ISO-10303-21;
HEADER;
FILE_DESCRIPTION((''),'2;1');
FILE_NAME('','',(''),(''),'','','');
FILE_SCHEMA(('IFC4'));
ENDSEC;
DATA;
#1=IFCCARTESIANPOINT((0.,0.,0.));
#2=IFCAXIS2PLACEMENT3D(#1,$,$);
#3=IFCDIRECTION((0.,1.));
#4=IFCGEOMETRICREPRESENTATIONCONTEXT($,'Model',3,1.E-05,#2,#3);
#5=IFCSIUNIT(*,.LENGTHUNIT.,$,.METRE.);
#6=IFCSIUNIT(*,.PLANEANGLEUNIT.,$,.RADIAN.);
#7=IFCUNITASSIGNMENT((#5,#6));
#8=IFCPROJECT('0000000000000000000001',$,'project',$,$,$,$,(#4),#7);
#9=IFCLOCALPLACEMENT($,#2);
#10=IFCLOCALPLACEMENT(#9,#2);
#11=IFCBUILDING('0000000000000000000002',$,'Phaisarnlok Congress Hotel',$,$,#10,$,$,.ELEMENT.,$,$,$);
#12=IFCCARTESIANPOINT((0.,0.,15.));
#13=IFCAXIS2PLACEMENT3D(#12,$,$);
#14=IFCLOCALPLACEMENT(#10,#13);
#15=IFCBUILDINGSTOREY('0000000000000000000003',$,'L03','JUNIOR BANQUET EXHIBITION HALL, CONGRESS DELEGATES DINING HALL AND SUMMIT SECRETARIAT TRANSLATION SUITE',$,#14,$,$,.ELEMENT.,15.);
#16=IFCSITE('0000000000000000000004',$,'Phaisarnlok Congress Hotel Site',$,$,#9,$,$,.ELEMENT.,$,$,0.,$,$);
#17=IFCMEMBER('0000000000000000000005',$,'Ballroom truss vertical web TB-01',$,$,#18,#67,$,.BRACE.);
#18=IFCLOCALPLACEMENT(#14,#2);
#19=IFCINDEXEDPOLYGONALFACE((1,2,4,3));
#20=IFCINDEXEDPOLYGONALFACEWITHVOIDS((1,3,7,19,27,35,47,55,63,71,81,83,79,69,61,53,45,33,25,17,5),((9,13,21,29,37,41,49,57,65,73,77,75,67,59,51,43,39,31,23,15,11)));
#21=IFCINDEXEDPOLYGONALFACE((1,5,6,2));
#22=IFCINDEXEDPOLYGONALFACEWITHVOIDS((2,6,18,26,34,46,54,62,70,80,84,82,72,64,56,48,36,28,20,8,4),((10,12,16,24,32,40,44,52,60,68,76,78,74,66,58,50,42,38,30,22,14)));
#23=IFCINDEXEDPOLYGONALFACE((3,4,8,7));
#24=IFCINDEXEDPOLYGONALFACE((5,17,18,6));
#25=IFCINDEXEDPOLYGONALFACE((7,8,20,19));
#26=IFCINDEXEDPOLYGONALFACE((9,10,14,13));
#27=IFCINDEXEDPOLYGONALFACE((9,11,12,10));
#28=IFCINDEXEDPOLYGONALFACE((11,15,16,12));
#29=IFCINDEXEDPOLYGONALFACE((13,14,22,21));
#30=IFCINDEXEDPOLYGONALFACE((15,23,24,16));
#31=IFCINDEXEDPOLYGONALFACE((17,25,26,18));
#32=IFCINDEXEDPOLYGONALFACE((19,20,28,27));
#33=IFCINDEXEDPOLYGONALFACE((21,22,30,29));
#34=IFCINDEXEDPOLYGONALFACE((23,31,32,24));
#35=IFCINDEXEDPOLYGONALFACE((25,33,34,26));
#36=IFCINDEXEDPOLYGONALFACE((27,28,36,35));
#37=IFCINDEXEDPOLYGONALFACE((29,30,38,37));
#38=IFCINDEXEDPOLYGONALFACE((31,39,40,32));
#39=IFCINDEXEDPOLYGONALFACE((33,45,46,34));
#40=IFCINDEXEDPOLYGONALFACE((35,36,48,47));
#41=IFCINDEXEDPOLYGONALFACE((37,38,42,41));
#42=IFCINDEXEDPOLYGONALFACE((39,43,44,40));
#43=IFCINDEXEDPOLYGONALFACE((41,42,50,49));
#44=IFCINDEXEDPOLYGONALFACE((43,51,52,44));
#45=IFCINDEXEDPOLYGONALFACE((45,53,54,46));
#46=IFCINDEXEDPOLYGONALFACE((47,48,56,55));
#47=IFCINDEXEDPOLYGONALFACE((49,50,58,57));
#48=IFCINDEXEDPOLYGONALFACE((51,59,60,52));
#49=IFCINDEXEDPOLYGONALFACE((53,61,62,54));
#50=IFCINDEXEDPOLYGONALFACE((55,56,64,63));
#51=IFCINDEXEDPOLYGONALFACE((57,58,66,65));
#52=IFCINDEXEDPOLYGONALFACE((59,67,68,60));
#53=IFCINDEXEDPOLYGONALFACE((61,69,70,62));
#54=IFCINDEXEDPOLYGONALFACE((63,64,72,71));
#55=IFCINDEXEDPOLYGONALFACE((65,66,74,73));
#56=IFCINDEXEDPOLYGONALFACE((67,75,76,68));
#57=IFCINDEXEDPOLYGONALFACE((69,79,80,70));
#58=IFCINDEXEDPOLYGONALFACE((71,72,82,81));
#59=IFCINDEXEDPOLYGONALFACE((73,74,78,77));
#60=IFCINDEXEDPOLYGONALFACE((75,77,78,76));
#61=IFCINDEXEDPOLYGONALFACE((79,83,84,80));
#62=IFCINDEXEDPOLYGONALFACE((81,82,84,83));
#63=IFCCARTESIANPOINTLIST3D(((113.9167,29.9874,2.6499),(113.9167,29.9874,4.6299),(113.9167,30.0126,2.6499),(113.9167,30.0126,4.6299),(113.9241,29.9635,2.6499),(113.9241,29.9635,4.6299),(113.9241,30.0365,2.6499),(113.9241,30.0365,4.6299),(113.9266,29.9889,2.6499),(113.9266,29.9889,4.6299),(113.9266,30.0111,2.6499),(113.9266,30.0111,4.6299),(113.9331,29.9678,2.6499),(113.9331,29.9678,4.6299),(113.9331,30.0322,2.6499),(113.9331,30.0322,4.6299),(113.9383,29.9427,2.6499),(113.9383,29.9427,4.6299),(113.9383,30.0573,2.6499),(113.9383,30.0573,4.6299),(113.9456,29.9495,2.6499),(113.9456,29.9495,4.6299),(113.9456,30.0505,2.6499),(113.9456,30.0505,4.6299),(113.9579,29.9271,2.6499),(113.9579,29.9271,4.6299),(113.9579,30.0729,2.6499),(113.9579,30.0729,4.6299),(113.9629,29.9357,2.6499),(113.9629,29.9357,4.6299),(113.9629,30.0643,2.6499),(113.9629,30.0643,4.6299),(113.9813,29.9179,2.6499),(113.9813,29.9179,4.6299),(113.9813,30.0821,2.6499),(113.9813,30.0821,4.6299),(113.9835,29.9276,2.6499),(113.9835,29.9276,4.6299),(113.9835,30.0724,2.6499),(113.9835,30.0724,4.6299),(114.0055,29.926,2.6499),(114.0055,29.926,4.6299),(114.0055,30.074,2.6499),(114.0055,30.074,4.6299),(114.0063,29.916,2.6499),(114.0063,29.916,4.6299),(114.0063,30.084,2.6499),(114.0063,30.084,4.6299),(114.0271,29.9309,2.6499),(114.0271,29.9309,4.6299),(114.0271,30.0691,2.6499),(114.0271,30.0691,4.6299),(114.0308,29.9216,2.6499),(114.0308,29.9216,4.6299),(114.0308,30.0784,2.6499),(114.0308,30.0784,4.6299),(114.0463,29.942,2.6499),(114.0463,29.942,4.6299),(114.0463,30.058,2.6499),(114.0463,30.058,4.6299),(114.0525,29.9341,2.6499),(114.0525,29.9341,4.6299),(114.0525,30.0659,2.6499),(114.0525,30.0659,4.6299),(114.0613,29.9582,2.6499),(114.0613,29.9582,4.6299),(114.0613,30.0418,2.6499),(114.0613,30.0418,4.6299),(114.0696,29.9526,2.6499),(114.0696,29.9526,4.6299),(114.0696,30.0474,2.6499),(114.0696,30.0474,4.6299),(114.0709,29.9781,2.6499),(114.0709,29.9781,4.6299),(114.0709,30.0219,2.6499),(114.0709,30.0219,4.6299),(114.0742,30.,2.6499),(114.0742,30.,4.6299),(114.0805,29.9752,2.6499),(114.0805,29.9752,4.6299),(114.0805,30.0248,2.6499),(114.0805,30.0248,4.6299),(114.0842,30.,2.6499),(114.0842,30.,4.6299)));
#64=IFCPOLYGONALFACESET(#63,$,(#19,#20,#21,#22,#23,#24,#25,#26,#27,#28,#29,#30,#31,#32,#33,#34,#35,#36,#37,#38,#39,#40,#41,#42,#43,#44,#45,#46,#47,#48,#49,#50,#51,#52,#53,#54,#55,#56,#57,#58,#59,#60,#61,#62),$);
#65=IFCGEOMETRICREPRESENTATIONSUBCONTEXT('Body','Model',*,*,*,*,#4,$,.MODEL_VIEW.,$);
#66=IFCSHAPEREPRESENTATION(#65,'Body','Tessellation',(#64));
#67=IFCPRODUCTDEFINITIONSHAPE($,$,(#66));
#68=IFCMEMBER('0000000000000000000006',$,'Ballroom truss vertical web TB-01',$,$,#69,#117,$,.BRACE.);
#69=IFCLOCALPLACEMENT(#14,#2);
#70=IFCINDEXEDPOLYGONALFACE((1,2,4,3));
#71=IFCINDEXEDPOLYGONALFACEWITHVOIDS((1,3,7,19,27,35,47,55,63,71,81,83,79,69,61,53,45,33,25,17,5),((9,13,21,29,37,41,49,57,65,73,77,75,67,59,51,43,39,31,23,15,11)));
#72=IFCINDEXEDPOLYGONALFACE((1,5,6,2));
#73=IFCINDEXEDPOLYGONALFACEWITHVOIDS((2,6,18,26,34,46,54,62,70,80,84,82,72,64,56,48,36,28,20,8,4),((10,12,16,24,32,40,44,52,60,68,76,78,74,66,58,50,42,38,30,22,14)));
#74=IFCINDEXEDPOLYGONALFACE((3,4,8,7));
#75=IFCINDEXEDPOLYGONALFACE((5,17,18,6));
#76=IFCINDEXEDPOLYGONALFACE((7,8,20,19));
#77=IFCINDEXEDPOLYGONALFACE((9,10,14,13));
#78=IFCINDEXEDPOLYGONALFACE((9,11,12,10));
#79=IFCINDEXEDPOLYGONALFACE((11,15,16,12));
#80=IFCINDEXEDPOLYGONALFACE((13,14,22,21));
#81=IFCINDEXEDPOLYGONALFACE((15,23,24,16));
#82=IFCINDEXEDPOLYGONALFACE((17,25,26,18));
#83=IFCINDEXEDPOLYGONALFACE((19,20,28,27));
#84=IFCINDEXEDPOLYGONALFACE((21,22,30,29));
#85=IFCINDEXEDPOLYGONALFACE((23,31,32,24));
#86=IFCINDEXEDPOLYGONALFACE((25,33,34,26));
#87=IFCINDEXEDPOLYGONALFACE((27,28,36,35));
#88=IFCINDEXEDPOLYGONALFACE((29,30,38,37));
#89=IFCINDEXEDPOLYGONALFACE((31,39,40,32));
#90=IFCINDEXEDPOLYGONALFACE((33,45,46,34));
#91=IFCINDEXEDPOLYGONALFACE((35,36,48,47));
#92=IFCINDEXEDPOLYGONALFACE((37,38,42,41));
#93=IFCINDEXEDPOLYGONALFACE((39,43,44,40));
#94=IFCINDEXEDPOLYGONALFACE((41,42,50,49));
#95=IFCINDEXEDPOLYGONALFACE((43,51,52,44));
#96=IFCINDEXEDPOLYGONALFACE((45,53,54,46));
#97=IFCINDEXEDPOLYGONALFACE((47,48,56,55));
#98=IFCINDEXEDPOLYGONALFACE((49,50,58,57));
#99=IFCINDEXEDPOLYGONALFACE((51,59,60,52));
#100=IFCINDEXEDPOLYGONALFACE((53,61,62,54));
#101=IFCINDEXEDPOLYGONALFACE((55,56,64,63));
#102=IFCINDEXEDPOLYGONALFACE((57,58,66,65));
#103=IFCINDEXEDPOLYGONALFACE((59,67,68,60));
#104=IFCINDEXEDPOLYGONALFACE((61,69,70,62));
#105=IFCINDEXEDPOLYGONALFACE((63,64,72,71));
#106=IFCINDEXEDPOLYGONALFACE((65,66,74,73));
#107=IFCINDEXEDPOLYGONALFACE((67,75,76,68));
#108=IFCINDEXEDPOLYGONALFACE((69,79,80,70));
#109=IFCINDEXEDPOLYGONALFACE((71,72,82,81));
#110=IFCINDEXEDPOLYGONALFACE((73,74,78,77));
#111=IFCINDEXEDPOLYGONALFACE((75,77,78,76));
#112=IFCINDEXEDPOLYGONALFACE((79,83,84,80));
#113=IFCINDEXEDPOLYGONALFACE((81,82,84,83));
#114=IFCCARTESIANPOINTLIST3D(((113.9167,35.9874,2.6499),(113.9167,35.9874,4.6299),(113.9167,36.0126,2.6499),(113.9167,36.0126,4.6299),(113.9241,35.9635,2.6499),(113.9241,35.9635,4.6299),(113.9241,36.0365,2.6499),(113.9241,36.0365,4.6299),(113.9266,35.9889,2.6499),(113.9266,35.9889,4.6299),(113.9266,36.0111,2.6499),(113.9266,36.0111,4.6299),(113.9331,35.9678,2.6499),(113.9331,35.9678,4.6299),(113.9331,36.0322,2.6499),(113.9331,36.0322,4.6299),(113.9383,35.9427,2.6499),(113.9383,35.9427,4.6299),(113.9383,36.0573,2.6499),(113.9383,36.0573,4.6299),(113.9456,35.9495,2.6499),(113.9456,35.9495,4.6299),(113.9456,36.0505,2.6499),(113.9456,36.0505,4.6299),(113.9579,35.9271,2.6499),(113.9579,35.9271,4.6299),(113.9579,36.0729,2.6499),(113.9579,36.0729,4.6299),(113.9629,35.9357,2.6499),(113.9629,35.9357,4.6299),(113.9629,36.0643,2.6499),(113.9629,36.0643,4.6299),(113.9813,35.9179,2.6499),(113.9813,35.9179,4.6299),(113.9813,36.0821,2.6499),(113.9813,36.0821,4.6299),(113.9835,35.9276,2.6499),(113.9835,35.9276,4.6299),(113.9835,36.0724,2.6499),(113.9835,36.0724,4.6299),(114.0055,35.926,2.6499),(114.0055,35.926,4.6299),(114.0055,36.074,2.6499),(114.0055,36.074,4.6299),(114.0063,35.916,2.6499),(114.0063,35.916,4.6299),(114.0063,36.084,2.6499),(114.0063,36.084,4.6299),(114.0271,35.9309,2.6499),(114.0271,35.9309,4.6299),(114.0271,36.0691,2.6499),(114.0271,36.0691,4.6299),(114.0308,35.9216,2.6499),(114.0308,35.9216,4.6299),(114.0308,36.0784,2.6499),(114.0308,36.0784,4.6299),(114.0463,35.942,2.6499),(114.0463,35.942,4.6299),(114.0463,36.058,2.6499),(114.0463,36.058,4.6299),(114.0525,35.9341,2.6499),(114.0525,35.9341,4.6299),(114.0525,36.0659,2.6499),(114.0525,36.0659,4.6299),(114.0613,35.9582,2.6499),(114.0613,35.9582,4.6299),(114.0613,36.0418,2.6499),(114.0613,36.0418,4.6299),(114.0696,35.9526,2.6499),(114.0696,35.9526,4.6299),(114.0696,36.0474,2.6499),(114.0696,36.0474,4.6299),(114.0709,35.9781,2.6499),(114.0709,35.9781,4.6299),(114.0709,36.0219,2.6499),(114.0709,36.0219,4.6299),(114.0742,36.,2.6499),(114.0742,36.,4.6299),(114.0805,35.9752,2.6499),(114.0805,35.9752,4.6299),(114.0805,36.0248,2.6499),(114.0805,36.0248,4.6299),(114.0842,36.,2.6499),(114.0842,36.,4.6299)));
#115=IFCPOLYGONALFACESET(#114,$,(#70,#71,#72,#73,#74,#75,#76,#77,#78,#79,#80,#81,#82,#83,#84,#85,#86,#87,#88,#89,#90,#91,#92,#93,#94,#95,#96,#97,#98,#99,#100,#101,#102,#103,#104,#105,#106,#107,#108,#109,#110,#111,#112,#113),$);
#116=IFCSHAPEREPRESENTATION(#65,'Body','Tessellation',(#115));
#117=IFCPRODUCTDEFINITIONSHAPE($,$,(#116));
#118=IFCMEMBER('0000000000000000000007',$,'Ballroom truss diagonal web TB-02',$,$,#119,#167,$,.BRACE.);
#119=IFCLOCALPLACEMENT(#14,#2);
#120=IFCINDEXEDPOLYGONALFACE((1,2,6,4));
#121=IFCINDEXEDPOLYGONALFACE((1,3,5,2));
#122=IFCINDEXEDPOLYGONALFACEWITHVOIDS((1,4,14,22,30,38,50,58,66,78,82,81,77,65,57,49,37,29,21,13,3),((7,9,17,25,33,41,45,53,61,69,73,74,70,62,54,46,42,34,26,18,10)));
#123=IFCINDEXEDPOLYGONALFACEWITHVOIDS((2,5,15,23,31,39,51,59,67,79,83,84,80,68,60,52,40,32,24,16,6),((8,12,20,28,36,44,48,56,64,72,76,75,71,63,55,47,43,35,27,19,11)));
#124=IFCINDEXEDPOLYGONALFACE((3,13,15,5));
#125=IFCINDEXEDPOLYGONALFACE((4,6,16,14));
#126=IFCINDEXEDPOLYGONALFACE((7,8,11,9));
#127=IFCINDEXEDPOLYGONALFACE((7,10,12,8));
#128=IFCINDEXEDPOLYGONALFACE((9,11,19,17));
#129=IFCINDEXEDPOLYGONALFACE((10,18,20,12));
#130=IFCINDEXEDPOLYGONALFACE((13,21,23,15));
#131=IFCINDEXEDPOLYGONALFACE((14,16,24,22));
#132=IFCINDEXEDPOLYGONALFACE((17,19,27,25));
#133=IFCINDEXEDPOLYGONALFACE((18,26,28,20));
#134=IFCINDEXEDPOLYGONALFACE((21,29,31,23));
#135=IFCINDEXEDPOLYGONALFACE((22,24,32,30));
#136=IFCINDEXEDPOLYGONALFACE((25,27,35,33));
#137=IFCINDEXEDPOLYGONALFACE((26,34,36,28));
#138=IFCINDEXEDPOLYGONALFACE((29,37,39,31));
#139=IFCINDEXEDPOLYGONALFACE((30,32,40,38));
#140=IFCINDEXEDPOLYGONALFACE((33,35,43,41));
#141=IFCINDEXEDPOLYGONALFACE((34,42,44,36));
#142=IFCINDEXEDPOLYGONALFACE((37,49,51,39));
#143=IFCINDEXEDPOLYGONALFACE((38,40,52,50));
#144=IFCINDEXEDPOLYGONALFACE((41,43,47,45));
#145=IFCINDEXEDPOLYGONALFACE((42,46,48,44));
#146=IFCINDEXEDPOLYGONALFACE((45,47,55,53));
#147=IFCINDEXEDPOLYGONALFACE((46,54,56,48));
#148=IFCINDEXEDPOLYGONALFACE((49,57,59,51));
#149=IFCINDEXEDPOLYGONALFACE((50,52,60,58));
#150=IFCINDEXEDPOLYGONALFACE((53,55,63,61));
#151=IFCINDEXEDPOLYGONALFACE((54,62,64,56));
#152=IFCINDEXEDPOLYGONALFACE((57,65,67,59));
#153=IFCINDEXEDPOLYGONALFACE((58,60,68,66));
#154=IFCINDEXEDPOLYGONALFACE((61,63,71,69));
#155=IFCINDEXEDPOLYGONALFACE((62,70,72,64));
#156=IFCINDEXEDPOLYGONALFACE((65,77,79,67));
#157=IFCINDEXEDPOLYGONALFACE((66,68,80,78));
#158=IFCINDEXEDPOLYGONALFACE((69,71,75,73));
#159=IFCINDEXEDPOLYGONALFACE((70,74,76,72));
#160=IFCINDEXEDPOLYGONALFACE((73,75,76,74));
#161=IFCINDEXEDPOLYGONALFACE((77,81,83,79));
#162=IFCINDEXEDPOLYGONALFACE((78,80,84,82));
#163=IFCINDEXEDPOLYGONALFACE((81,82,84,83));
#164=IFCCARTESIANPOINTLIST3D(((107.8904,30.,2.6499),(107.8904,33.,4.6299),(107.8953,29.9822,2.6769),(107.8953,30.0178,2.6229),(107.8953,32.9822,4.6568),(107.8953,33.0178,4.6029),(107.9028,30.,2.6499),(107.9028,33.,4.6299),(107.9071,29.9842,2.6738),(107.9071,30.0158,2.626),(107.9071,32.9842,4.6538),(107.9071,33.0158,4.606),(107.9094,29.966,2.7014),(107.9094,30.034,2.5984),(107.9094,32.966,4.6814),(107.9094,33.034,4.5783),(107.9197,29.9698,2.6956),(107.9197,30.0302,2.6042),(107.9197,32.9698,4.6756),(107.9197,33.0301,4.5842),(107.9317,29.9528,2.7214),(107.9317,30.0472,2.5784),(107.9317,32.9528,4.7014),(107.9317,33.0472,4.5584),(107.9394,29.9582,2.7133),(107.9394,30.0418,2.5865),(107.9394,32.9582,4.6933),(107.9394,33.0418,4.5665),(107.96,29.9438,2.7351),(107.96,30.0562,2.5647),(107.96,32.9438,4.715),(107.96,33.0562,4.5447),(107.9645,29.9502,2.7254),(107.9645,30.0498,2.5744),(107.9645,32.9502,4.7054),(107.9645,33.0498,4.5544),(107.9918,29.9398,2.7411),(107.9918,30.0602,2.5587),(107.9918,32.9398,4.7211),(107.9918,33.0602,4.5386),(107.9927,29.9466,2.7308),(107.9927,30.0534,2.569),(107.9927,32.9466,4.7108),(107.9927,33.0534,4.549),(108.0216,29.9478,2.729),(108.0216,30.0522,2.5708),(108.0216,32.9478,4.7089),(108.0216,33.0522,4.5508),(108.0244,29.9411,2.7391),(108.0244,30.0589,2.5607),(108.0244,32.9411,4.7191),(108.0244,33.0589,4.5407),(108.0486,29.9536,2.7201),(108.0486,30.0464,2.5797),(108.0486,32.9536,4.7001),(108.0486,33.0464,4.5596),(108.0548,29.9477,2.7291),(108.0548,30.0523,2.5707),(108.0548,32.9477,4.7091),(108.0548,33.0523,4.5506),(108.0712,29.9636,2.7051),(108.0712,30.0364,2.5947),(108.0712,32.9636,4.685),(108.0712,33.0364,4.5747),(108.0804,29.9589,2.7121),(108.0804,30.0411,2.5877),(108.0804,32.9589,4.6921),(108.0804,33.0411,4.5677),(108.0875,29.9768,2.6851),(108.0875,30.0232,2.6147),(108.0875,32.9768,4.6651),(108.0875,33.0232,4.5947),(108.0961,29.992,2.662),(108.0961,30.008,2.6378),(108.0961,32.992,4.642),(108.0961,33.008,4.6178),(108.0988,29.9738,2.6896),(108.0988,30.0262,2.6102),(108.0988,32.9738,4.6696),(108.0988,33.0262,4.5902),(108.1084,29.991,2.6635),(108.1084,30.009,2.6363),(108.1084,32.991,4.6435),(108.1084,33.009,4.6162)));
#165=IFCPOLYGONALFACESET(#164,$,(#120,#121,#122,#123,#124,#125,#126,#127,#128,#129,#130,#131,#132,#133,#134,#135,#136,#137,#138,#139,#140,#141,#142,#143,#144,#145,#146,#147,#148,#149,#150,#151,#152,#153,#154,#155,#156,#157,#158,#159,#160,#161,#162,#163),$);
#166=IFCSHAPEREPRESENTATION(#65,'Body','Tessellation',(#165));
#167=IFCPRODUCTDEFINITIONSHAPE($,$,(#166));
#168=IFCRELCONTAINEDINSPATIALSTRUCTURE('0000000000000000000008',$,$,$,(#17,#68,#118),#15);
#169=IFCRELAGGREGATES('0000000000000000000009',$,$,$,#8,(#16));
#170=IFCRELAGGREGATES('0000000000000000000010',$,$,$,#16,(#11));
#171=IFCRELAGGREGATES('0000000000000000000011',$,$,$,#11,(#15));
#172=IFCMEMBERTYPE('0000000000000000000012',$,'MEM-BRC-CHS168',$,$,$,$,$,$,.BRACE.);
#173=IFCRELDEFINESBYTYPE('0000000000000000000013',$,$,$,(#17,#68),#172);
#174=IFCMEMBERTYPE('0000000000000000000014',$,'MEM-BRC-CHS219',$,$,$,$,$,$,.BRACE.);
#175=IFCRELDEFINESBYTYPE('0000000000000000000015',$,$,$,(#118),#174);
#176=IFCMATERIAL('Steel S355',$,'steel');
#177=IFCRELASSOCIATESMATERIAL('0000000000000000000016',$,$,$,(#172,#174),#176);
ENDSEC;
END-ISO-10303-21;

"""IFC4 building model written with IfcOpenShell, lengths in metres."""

from ifc_helpers import new_model, si_unit, direction, frame, origin, origin_2d, place, context, subcontext, project, spatial, hollow_circle, extrude, material, material_profile, profile_set, type_object, element, save


model = new_model("IFC4")

# Units and contexts
model_context = context("Model", 3, precision=1e-05, world=origin(), true_north=direction((0.0, 1.0)))
body_context = subcontext(model_context, "Body", "Model", "MODEL_VIEW")
ifc_project = project(units=[si_unit("LENGTHUNIT", "METRE"), si_unit("PLANEANGLEUNIT", "RADIAN")], contexts=[model_context])

# Site, building, storey
site_placement = place(None, origin())
site = spatial("IfcSite", under=ifc_project, at=site_placement, Name="Phaisarnlok Congress Hotel Site", CompositionType="ELEMENT", RefElevation=0.0)
building_placement = place(site_placement, origin())
building = spatial("IfcBuilding", under=site, at=building_placement, Name="Phaisarnlok Congress Hotel", CompositionType="ELEMENT")
storey_placement = place(building_placement, frame((0.0, 0.0, 15.0)))
storey = spatial("IfcBuildingStorey", under=building, at=storey_placement, Name="L03", Description="JUNIOR BANQUET EXHIBITION HALL, CONGRESS DELEGATES DINING HALL AND SUMMIT SECRETARIAT TRANSLATION SUITE", CompositionType="ELEMENT", Elevation=15.0)

# Shared definitions
ifc_material_1 = material(Name="Steel S355", Category="steel")

# Members
ifc_material_profile_1 = material_profile(ifc_material_1, hollow_circle(Radius=0.0842, WallThickness=0.01, at=origin_2d()), Name="CHS 168.3x10")
ifc_profile_set_1 = profile_set([ifc_material_profile_1], Name="Steel S355")
member_type_1 = type_object("IfcMemberType", Name="MEM-BRC-CHS168", PredefinedType="BRACE", material=ifc_profile_set_1)
for number, where, z_axis, x_axis, name in (
    (1, (114.0, 30.0, 2.6499), (0.0, 0.0, 1.0), (1.0, 0.0, 0.0), "Ballroom truss vertical web TB-01"),
    (2, (114.0, 36.0, 2.6499), (0.0, 0.0, 1.0), (1.0, 0.0, 0.0), "Ballroom truss vertical web TB-01"),
):
    element("IfcMember", number, at=place(storey_placement, frame(where, z_axis=z_axis, x_axis=x_axis)), inside=storey, type_object=member_type_1, Name=name, PredefinedType="BRACE", context=body_context, shape_type="SweptSolid", body=[
        extrude(hollow_circle(Radius=0.0842, WallThickness=0.01, at=origin_2d()), origin(), (0.0, 0.0, 1.0), 1.98),
    ])
ifc_material_profile_2 = material_profile(ifc_material_1, hollow_circle(Radius=0.1096, WallThickness=0.0125, at=origin_2d()), Name="CHS 219.1x12.5")
ifc_profile_set_2 = profile_set([ifc_material_profile_2], Name="Steel S355")
member_type_2 = type_object("IfcMemberType", Name="MEM-BRC-CHS219", PredefinedType="BRACE", material=ifc_profile_set_2)
for number, where, z_axis, x_axis, name in (
    (3, (108.0, 30.0, 2.6499), (0.0, 0.834612, 0.550838), (-1.0, 0.0, 0.0), "Ballroom truss diagonal web TB-02"),
):
    element("IfcMember", number, at=place(storey_placement, frame(where, z_axis=z_axis, x_axis=x_axis)), inside=storey, type_object=member_type_2, Name=name, PredefinedType="BRACE", context=body_context, shape_type="SweptSolid", body=[
        extrude(hollow_circle(Radius=0.1096, WallThickness=0.0125, at=origin_2d()), origin(), (0.0, 0.0, 1.0), 3.5945),
    ])

save(model, "model.ifc")
